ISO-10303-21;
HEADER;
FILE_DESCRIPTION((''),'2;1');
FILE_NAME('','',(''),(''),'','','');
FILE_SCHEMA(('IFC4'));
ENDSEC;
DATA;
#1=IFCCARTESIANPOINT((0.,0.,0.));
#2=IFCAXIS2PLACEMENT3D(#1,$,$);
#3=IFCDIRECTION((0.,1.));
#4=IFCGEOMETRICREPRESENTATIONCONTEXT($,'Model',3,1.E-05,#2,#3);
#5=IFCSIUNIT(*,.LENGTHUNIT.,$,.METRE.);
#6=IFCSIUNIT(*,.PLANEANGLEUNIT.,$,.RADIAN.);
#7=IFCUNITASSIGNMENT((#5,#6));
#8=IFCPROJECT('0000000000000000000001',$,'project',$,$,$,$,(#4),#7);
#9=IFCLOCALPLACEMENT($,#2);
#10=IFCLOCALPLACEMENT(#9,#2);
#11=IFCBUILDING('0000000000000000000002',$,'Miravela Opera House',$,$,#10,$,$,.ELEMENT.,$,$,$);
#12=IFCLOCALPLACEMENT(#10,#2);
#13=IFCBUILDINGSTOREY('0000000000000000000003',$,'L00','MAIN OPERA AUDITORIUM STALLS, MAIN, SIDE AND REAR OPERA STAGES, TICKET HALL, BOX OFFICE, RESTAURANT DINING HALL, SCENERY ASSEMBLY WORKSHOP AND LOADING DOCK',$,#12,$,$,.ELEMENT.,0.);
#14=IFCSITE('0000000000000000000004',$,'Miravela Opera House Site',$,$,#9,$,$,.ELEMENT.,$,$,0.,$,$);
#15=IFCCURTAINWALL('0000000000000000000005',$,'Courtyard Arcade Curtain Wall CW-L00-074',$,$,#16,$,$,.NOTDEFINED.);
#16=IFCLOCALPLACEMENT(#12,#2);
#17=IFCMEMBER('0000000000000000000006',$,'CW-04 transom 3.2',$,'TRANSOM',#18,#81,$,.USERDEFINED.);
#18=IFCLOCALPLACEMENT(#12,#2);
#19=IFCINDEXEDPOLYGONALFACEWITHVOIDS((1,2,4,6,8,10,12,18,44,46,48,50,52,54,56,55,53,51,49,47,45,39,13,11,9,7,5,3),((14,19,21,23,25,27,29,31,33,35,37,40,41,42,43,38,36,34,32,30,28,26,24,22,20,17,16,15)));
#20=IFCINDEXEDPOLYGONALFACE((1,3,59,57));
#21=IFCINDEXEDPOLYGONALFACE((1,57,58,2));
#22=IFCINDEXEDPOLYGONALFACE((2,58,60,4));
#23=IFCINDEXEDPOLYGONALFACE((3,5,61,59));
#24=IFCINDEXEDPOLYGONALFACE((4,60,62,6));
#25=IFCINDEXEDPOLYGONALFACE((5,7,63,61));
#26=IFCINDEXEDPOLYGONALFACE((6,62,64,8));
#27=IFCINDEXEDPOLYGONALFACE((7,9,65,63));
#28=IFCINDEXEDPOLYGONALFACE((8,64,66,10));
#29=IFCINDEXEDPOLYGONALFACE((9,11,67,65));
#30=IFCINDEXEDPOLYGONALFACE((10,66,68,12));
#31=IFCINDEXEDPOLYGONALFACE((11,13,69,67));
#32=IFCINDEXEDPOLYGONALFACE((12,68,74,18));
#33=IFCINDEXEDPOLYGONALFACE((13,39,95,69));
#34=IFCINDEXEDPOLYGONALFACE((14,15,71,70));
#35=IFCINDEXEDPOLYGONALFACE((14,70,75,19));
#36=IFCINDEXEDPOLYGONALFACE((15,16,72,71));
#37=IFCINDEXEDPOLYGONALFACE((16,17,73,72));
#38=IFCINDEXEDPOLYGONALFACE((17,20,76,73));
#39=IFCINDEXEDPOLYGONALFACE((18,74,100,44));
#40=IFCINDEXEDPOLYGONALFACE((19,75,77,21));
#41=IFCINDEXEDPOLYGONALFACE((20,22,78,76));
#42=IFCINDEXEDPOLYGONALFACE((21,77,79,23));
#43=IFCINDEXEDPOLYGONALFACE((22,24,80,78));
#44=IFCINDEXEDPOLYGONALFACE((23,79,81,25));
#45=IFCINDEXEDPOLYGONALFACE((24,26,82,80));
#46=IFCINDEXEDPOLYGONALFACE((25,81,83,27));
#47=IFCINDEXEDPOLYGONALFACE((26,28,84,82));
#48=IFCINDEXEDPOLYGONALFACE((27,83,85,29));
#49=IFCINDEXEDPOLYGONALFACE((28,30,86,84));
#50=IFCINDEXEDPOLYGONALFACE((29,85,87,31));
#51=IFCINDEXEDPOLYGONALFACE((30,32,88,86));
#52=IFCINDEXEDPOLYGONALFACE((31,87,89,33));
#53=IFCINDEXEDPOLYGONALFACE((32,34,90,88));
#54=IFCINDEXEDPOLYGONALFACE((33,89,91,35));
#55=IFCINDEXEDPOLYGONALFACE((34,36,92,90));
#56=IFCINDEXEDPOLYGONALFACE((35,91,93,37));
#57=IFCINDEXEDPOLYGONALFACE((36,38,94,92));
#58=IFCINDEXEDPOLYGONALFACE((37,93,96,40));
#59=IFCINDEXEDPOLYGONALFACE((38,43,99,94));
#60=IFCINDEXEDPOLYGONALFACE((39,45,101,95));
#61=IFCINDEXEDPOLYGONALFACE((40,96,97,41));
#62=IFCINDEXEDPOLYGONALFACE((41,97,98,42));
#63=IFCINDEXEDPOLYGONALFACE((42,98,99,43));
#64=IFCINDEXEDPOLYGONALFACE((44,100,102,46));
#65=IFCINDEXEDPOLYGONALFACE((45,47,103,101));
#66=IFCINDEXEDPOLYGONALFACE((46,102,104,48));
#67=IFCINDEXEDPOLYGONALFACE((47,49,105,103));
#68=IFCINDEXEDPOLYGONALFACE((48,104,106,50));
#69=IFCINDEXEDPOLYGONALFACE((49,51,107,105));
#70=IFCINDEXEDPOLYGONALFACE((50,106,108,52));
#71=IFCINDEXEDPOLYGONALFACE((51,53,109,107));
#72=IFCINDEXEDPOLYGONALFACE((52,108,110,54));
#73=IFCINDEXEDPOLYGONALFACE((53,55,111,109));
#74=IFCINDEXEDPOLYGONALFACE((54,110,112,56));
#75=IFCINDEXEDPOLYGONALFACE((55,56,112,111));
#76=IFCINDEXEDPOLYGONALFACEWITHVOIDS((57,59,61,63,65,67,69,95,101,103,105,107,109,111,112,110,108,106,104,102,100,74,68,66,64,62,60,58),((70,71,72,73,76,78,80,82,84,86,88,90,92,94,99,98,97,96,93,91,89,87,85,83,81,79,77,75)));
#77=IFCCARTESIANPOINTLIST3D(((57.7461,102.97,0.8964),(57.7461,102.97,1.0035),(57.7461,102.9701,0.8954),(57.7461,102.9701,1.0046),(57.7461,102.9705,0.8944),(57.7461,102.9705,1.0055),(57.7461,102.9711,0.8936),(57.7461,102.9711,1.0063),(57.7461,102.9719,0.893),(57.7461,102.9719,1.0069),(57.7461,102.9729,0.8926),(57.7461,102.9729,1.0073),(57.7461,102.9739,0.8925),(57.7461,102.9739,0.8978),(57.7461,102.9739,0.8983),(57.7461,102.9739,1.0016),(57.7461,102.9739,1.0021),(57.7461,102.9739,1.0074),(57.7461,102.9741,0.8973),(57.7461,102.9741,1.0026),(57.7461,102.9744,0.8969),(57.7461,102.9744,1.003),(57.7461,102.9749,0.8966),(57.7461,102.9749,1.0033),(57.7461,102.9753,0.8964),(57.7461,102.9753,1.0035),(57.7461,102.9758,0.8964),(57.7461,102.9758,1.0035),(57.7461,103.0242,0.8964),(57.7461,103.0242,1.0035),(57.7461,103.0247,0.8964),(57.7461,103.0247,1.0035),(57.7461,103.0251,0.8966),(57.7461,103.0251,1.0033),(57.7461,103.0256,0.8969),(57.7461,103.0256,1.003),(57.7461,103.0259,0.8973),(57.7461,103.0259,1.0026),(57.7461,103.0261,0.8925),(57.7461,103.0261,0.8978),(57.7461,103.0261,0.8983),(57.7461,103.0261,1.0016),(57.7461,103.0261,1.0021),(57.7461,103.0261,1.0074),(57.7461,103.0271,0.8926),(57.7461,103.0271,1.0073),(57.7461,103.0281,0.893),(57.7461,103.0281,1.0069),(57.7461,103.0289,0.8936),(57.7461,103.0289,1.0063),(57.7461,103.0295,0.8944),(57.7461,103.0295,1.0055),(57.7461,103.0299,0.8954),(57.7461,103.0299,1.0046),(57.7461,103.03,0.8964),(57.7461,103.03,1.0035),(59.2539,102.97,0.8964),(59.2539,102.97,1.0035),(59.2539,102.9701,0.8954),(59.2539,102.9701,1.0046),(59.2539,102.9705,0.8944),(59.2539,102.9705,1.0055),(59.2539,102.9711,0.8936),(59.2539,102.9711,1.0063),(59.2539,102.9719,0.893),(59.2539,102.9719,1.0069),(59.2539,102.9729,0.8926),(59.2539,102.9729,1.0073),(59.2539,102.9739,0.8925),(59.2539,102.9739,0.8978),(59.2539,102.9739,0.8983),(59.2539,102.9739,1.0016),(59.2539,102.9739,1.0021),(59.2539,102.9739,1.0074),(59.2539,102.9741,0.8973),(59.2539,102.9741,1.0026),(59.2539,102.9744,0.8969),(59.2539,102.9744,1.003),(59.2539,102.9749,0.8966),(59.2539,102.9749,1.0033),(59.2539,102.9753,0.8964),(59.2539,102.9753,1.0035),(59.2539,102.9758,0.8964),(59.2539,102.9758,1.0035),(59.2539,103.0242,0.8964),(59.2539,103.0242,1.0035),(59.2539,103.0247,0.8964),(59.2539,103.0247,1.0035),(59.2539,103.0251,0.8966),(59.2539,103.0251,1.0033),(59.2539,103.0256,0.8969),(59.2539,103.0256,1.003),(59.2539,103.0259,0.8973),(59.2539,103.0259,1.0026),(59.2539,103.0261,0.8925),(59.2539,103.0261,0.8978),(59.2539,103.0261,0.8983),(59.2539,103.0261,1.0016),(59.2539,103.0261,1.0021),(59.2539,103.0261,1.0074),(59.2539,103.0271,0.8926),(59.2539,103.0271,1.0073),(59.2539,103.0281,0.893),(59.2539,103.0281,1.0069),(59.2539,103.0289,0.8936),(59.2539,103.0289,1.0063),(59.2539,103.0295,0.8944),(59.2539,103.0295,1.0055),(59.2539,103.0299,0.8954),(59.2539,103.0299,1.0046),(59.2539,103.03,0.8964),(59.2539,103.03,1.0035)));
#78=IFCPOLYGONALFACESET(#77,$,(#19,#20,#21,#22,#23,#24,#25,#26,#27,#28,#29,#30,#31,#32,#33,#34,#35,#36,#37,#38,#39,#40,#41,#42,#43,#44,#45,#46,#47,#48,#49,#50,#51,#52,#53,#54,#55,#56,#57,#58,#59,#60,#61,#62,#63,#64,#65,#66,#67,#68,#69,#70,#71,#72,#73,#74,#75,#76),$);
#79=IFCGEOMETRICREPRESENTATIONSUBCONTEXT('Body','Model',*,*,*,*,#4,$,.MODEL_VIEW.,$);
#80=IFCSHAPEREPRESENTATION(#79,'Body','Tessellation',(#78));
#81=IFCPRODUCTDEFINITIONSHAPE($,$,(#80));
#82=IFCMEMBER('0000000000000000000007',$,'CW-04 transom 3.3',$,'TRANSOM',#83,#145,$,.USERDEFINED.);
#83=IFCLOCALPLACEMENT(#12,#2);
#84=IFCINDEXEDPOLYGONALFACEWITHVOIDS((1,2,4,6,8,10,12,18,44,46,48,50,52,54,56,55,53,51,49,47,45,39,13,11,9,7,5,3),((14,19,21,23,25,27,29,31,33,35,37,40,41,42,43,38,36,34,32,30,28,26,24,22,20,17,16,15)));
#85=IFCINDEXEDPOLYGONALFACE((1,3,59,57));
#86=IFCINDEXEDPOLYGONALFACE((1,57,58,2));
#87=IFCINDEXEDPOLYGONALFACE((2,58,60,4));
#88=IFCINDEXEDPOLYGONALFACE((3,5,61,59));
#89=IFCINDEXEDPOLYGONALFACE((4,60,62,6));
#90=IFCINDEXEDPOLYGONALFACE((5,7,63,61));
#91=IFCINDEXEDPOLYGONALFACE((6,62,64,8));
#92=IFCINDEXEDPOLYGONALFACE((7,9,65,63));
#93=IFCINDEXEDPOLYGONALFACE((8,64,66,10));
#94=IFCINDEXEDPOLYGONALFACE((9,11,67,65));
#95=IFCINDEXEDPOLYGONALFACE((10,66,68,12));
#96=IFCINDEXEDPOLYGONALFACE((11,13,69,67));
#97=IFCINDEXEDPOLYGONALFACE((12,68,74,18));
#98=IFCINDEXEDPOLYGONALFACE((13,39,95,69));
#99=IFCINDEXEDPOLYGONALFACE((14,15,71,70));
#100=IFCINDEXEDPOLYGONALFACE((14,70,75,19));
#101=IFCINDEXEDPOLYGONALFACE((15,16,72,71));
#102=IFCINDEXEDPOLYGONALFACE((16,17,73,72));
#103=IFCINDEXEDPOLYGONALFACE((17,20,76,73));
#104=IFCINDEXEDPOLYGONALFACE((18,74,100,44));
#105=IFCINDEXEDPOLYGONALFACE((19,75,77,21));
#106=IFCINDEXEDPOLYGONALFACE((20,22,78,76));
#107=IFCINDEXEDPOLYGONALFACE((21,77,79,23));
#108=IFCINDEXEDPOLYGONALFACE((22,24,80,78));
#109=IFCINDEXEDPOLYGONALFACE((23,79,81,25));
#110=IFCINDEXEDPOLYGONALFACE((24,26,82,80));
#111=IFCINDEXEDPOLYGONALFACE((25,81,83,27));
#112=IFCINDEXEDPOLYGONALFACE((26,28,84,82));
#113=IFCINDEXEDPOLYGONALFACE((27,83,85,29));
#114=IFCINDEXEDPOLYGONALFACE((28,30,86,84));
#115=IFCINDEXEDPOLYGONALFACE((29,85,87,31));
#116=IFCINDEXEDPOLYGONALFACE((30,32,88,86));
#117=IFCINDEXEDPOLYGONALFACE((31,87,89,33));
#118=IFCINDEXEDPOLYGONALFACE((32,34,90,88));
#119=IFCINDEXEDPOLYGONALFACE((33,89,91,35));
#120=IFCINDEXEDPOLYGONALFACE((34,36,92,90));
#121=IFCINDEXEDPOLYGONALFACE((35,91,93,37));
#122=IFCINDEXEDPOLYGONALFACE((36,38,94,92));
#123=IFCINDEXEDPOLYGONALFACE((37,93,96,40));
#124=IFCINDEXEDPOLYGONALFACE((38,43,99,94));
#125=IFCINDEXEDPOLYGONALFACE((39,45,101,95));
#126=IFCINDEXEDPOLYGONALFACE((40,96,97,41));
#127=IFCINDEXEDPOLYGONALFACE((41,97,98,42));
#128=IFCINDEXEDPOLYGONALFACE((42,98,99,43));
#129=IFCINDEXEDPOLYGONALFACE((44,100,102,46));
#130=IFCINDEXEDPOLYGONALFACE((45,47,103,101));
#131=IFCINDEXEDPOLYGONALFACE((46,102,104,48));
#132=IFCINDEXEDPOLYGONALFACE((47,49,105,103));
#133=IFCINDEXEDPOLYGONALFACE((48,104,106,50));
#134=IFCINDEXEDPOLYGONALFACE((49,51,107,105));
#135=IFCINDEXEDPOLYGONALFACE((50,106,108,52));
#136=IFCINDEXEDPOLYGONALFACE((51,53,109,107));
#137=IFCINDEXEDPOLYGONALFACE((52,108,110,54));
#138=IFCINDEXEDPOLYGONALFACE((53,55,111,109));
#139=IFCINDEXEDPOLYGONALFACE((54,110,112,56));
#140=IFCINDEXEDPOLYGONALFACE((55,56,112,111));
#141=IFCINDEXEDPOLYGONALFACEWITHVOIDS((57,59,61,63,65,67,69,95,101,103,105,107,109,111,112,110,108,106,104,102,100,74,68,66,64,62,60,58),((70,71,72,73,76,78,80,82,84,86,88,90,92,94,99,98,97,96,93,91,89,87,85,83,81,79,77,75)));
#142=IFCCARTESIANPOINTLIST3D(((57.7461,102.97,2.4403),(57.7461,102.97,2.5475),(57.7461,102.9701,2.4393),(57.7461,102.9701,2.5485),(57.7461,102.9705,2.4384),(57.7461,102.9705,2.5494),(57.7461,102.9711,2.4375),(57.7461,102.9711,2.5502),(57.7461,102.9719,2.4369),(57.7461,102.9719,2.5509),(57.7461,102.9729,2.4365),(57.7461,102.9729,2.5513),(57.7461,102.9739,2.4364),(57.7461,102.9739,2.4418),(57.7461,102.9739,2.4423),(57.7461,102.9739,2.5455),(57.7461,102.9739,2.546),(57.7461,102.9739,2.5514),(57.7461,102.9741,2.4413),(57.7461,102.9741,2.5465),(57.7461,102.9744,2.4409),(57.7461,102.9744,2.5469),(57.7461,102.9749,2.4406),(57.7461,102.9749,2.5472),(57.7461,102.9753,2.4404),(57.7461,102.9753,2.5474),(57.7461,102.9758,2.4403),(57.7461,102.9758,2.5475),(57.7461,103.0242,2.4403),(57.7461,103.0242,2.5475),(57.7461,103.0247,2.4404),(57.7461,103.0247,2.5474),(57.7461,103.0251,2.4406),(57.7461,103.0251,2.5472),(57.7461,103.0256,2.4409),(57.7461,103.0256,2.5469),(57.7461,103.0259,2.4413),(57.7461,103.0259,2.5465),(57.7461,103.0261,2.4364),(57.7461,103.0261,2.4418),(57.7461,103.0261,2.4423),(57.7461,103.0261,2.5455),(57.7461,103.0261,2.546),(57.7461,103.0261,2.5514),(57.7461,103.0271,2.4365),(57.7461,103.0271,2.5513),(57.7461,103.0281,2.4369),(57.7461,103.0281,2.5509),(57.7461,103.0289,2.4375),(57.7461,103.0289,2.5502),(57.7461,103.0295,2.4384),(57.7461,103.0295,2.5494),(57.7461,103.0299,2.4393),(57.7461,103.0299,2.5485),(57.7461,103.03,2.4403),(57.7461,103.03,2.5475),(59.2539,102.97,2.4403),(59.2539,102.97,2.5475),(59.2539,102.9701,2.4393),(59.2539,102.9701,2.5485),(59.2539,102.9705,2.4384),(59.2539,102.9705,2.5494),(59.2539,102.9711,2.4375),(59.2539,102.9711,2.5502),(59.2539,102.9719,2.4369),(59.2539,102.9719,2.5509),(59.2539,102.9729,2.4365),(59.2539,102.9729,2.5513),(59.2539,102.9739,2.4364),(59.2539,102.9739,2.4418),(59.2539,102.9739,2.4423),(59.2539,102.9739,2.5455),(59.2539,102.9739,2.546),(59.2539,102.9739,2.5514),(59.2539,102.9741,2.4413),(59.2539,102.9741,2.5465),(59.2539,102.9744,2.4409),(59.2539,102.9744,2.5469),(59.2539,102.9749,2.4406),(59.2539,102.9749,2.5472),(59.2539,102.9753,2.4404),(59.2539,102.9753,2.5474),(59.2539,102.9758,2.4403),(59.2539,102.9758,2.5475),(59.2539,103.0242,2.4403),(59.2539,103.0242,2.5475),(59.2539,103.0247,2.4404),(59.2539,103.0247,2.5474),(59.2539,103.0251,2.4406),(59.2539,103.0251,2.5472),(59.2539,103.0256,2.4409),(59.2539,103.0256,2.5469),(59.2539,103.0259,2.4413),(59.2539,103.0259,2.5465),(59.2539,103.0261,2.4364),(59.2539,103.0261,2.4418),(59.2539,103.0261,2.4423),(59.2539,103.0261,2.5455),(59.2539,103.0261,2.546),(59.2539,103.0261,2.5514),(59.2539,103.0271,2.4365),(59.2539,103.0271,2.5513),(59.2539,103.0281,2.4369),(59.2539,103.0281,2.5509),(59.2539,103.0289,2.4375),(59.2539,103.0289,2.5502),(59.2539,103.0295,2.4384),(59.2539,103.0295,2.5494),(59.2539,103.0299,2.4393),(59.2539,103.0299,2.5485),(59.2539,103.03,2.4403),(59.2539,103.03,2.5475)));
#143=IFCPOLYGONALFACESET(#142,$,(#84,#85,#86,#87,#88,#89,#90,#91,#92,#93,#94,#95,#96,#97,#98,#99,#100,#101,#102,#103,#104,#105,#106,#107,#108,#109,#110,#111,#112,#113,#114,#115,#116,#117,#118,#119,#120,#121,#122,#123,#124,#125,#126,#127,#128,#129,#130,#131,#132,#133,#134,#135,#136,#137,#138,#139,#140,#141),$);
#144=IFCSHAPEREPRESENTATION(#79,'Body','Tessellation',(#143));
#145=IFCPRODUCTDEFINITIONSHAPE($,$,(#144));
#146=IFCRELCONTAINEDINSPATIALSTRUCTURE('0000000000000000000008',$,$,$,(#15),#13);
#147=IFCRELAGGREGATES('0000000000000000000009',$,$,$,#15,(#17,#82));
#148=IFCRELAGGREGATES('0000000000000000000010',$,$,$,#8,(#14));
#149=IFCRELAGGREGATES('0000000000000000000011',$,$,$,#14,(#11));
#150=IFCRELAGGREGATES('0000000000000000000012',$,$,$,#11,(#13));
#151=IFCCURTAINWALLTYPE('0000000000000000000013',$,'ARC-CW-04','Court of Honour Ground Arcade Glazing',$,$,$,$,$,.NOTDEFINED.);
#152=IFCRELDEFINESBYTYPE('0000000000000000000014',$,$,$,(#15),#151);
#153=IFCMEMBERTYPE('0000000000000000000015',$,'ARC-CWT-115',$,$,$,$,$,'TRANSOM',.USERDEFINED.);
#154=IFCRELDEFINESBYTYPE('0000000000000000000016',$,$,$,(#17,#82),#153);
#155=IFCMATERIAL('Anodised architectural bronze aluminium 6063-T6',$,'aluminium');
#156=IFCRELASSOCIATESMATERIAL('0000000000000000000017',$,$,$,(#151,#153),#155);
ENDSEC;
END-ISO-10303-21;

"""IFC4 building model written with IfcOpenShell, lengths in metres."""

from ifc_helpers import new_model, si_unit, direction, frame, origin, origin_2d, place, context, subcontext, project, spatial, hollow_rectangle, extrude, material, material_profile, profile_set, type_object, element, aggregate, save


model = new_model("IFC4")

# Units and contexts
model_context = context("Model", 3, precision=1e-05, world=origin(), true_north=direction((0.0, 1.0)))
body_context = subcontext(model_context, "Body", "Model", "MODEL_VIEW")
ifc_project = project(units=[si_unit("LENGTHUNIT", "METRE"), si_unit("PLANEANGLEUNIT", "RADIAN")], contexts=[model_context])

# Site, building, storey
site_placement = place(None, origin())
site = spatial("IfcSite", under=ifc_project, at=site_placement, Name="Miravela Opera House Site", CompositionType="ELEMENT", RefElevation=0.0)
building_placement = place(site_placement, origin())
building = spatial("IfcBuilding", under=site, at=building_placement, Name="Miravela Opera House", CompositionType="ELEMENT")
storey_placement = place(building_placement, origin())
storey = spatial("IfcBuildingStorey", under=building, at=storey_placement, Name="L00", Description="MAIN OPERA AUDITORIUM STALLS, MAIN, SIDE AND REAR OPERA STAGES, TICKET HALL, BOX OFFICE, RESTAURANT DINING HALL, SCENERY ASSEMBLY WORKSHOP AND LOADING DOCK", CompositionType="ELEMENT", Elevation=0.0)

# Curtain wall, members
ifc_material_1 = material(Name="Anodised architectural bronze aluminium 6063-T6", Category="aluminium")
curtain_wall_type = type_object("IfcCurtainWallType", Name="ARC-CW-04", Description="Court of Honour Ground Arcade Glazing", PredefinedType="NOTDEFINED", material=ifc_material_1)
curtain_wall_placement = place(storey_placement, origin())
curtain_wall = element("IfcCurtainWall", 1, at=curtain_wall_placement, inside=storey, type_object=curtain_wall_type, Name="Courtyard Arcade Curtain Wall CW-L00-074", PredefinedType="NOTDEFINED")
ifc_material_profile_1 = material_profile(ifc_material_1, hollow_rectangle(XDim=0.0601, YDim=0.115, WallThickness=0.0039, InnerFilletRadius=0.002, OuterFilletRadius=0.0039, at=origin_2d()), Name="CWT-60X115")
ifc_profile_set_1 = profile_set([ifc_material_profile_1])
member_type_1 = type_object("IfcMemberType", Name="ARC-CWT-115", ElementType="TRANSOM", PredefinedType="USERDEFINED", material=ifc_profile_set_1)
member_1_placement = place(storey_placement, frame((57.7461, 103.0, 0.95), z_axis=(1.0, 0.0, 0.0), x_axis=(0.0, 1.0, 0.0)))
member_1 = element("IfcMember", 2, at=member_1_placement, type_object=member_type_1, Name="CW-04 transom 3.2", ObjectType="TRANSOM", PredefinedType="USERDEFINED", context=body_context, shape_type="SweptSolid", body=[
    extrude(hollow_rectangle(XDim=0.0601, YDim=0.115, WallThickness=0.0039, InnerFilletRadius=0.002, OuterFilletRadius=0.0039, at=origin_2d()), origin(), (0.0, 0.0, 1.0), 1.5078),
])
member_2_placement = place(storey_placement, frame((57.7461, 103.0, 2.4939), z_axis=(1.0, 0.0, 0.0), x_axis=(0.0, 1.0, 0.0)))
member_2 = element("IfcMember", 3, at=member_2_placement, type_object=member_type_1, Name="CW-04 transom 3.3", ObjectType="TRANSOM", PredefinedType="USERDEFINED", context=body_context, shape_type="SweptSolid", body=[
    extrude(hollow_rectangle(XDim=0.0601, YDim=0.115, WallThickness=0.0039, InnerFilletRadius=0.002, OuterFilletRadius=0.0039, at=origin_2d()), origin(), (0.0, 0.0, 1.0), 1.5078),
])

aggregate(curtain_wall, [member_1, member_2])

save(model, "model.ifc")
